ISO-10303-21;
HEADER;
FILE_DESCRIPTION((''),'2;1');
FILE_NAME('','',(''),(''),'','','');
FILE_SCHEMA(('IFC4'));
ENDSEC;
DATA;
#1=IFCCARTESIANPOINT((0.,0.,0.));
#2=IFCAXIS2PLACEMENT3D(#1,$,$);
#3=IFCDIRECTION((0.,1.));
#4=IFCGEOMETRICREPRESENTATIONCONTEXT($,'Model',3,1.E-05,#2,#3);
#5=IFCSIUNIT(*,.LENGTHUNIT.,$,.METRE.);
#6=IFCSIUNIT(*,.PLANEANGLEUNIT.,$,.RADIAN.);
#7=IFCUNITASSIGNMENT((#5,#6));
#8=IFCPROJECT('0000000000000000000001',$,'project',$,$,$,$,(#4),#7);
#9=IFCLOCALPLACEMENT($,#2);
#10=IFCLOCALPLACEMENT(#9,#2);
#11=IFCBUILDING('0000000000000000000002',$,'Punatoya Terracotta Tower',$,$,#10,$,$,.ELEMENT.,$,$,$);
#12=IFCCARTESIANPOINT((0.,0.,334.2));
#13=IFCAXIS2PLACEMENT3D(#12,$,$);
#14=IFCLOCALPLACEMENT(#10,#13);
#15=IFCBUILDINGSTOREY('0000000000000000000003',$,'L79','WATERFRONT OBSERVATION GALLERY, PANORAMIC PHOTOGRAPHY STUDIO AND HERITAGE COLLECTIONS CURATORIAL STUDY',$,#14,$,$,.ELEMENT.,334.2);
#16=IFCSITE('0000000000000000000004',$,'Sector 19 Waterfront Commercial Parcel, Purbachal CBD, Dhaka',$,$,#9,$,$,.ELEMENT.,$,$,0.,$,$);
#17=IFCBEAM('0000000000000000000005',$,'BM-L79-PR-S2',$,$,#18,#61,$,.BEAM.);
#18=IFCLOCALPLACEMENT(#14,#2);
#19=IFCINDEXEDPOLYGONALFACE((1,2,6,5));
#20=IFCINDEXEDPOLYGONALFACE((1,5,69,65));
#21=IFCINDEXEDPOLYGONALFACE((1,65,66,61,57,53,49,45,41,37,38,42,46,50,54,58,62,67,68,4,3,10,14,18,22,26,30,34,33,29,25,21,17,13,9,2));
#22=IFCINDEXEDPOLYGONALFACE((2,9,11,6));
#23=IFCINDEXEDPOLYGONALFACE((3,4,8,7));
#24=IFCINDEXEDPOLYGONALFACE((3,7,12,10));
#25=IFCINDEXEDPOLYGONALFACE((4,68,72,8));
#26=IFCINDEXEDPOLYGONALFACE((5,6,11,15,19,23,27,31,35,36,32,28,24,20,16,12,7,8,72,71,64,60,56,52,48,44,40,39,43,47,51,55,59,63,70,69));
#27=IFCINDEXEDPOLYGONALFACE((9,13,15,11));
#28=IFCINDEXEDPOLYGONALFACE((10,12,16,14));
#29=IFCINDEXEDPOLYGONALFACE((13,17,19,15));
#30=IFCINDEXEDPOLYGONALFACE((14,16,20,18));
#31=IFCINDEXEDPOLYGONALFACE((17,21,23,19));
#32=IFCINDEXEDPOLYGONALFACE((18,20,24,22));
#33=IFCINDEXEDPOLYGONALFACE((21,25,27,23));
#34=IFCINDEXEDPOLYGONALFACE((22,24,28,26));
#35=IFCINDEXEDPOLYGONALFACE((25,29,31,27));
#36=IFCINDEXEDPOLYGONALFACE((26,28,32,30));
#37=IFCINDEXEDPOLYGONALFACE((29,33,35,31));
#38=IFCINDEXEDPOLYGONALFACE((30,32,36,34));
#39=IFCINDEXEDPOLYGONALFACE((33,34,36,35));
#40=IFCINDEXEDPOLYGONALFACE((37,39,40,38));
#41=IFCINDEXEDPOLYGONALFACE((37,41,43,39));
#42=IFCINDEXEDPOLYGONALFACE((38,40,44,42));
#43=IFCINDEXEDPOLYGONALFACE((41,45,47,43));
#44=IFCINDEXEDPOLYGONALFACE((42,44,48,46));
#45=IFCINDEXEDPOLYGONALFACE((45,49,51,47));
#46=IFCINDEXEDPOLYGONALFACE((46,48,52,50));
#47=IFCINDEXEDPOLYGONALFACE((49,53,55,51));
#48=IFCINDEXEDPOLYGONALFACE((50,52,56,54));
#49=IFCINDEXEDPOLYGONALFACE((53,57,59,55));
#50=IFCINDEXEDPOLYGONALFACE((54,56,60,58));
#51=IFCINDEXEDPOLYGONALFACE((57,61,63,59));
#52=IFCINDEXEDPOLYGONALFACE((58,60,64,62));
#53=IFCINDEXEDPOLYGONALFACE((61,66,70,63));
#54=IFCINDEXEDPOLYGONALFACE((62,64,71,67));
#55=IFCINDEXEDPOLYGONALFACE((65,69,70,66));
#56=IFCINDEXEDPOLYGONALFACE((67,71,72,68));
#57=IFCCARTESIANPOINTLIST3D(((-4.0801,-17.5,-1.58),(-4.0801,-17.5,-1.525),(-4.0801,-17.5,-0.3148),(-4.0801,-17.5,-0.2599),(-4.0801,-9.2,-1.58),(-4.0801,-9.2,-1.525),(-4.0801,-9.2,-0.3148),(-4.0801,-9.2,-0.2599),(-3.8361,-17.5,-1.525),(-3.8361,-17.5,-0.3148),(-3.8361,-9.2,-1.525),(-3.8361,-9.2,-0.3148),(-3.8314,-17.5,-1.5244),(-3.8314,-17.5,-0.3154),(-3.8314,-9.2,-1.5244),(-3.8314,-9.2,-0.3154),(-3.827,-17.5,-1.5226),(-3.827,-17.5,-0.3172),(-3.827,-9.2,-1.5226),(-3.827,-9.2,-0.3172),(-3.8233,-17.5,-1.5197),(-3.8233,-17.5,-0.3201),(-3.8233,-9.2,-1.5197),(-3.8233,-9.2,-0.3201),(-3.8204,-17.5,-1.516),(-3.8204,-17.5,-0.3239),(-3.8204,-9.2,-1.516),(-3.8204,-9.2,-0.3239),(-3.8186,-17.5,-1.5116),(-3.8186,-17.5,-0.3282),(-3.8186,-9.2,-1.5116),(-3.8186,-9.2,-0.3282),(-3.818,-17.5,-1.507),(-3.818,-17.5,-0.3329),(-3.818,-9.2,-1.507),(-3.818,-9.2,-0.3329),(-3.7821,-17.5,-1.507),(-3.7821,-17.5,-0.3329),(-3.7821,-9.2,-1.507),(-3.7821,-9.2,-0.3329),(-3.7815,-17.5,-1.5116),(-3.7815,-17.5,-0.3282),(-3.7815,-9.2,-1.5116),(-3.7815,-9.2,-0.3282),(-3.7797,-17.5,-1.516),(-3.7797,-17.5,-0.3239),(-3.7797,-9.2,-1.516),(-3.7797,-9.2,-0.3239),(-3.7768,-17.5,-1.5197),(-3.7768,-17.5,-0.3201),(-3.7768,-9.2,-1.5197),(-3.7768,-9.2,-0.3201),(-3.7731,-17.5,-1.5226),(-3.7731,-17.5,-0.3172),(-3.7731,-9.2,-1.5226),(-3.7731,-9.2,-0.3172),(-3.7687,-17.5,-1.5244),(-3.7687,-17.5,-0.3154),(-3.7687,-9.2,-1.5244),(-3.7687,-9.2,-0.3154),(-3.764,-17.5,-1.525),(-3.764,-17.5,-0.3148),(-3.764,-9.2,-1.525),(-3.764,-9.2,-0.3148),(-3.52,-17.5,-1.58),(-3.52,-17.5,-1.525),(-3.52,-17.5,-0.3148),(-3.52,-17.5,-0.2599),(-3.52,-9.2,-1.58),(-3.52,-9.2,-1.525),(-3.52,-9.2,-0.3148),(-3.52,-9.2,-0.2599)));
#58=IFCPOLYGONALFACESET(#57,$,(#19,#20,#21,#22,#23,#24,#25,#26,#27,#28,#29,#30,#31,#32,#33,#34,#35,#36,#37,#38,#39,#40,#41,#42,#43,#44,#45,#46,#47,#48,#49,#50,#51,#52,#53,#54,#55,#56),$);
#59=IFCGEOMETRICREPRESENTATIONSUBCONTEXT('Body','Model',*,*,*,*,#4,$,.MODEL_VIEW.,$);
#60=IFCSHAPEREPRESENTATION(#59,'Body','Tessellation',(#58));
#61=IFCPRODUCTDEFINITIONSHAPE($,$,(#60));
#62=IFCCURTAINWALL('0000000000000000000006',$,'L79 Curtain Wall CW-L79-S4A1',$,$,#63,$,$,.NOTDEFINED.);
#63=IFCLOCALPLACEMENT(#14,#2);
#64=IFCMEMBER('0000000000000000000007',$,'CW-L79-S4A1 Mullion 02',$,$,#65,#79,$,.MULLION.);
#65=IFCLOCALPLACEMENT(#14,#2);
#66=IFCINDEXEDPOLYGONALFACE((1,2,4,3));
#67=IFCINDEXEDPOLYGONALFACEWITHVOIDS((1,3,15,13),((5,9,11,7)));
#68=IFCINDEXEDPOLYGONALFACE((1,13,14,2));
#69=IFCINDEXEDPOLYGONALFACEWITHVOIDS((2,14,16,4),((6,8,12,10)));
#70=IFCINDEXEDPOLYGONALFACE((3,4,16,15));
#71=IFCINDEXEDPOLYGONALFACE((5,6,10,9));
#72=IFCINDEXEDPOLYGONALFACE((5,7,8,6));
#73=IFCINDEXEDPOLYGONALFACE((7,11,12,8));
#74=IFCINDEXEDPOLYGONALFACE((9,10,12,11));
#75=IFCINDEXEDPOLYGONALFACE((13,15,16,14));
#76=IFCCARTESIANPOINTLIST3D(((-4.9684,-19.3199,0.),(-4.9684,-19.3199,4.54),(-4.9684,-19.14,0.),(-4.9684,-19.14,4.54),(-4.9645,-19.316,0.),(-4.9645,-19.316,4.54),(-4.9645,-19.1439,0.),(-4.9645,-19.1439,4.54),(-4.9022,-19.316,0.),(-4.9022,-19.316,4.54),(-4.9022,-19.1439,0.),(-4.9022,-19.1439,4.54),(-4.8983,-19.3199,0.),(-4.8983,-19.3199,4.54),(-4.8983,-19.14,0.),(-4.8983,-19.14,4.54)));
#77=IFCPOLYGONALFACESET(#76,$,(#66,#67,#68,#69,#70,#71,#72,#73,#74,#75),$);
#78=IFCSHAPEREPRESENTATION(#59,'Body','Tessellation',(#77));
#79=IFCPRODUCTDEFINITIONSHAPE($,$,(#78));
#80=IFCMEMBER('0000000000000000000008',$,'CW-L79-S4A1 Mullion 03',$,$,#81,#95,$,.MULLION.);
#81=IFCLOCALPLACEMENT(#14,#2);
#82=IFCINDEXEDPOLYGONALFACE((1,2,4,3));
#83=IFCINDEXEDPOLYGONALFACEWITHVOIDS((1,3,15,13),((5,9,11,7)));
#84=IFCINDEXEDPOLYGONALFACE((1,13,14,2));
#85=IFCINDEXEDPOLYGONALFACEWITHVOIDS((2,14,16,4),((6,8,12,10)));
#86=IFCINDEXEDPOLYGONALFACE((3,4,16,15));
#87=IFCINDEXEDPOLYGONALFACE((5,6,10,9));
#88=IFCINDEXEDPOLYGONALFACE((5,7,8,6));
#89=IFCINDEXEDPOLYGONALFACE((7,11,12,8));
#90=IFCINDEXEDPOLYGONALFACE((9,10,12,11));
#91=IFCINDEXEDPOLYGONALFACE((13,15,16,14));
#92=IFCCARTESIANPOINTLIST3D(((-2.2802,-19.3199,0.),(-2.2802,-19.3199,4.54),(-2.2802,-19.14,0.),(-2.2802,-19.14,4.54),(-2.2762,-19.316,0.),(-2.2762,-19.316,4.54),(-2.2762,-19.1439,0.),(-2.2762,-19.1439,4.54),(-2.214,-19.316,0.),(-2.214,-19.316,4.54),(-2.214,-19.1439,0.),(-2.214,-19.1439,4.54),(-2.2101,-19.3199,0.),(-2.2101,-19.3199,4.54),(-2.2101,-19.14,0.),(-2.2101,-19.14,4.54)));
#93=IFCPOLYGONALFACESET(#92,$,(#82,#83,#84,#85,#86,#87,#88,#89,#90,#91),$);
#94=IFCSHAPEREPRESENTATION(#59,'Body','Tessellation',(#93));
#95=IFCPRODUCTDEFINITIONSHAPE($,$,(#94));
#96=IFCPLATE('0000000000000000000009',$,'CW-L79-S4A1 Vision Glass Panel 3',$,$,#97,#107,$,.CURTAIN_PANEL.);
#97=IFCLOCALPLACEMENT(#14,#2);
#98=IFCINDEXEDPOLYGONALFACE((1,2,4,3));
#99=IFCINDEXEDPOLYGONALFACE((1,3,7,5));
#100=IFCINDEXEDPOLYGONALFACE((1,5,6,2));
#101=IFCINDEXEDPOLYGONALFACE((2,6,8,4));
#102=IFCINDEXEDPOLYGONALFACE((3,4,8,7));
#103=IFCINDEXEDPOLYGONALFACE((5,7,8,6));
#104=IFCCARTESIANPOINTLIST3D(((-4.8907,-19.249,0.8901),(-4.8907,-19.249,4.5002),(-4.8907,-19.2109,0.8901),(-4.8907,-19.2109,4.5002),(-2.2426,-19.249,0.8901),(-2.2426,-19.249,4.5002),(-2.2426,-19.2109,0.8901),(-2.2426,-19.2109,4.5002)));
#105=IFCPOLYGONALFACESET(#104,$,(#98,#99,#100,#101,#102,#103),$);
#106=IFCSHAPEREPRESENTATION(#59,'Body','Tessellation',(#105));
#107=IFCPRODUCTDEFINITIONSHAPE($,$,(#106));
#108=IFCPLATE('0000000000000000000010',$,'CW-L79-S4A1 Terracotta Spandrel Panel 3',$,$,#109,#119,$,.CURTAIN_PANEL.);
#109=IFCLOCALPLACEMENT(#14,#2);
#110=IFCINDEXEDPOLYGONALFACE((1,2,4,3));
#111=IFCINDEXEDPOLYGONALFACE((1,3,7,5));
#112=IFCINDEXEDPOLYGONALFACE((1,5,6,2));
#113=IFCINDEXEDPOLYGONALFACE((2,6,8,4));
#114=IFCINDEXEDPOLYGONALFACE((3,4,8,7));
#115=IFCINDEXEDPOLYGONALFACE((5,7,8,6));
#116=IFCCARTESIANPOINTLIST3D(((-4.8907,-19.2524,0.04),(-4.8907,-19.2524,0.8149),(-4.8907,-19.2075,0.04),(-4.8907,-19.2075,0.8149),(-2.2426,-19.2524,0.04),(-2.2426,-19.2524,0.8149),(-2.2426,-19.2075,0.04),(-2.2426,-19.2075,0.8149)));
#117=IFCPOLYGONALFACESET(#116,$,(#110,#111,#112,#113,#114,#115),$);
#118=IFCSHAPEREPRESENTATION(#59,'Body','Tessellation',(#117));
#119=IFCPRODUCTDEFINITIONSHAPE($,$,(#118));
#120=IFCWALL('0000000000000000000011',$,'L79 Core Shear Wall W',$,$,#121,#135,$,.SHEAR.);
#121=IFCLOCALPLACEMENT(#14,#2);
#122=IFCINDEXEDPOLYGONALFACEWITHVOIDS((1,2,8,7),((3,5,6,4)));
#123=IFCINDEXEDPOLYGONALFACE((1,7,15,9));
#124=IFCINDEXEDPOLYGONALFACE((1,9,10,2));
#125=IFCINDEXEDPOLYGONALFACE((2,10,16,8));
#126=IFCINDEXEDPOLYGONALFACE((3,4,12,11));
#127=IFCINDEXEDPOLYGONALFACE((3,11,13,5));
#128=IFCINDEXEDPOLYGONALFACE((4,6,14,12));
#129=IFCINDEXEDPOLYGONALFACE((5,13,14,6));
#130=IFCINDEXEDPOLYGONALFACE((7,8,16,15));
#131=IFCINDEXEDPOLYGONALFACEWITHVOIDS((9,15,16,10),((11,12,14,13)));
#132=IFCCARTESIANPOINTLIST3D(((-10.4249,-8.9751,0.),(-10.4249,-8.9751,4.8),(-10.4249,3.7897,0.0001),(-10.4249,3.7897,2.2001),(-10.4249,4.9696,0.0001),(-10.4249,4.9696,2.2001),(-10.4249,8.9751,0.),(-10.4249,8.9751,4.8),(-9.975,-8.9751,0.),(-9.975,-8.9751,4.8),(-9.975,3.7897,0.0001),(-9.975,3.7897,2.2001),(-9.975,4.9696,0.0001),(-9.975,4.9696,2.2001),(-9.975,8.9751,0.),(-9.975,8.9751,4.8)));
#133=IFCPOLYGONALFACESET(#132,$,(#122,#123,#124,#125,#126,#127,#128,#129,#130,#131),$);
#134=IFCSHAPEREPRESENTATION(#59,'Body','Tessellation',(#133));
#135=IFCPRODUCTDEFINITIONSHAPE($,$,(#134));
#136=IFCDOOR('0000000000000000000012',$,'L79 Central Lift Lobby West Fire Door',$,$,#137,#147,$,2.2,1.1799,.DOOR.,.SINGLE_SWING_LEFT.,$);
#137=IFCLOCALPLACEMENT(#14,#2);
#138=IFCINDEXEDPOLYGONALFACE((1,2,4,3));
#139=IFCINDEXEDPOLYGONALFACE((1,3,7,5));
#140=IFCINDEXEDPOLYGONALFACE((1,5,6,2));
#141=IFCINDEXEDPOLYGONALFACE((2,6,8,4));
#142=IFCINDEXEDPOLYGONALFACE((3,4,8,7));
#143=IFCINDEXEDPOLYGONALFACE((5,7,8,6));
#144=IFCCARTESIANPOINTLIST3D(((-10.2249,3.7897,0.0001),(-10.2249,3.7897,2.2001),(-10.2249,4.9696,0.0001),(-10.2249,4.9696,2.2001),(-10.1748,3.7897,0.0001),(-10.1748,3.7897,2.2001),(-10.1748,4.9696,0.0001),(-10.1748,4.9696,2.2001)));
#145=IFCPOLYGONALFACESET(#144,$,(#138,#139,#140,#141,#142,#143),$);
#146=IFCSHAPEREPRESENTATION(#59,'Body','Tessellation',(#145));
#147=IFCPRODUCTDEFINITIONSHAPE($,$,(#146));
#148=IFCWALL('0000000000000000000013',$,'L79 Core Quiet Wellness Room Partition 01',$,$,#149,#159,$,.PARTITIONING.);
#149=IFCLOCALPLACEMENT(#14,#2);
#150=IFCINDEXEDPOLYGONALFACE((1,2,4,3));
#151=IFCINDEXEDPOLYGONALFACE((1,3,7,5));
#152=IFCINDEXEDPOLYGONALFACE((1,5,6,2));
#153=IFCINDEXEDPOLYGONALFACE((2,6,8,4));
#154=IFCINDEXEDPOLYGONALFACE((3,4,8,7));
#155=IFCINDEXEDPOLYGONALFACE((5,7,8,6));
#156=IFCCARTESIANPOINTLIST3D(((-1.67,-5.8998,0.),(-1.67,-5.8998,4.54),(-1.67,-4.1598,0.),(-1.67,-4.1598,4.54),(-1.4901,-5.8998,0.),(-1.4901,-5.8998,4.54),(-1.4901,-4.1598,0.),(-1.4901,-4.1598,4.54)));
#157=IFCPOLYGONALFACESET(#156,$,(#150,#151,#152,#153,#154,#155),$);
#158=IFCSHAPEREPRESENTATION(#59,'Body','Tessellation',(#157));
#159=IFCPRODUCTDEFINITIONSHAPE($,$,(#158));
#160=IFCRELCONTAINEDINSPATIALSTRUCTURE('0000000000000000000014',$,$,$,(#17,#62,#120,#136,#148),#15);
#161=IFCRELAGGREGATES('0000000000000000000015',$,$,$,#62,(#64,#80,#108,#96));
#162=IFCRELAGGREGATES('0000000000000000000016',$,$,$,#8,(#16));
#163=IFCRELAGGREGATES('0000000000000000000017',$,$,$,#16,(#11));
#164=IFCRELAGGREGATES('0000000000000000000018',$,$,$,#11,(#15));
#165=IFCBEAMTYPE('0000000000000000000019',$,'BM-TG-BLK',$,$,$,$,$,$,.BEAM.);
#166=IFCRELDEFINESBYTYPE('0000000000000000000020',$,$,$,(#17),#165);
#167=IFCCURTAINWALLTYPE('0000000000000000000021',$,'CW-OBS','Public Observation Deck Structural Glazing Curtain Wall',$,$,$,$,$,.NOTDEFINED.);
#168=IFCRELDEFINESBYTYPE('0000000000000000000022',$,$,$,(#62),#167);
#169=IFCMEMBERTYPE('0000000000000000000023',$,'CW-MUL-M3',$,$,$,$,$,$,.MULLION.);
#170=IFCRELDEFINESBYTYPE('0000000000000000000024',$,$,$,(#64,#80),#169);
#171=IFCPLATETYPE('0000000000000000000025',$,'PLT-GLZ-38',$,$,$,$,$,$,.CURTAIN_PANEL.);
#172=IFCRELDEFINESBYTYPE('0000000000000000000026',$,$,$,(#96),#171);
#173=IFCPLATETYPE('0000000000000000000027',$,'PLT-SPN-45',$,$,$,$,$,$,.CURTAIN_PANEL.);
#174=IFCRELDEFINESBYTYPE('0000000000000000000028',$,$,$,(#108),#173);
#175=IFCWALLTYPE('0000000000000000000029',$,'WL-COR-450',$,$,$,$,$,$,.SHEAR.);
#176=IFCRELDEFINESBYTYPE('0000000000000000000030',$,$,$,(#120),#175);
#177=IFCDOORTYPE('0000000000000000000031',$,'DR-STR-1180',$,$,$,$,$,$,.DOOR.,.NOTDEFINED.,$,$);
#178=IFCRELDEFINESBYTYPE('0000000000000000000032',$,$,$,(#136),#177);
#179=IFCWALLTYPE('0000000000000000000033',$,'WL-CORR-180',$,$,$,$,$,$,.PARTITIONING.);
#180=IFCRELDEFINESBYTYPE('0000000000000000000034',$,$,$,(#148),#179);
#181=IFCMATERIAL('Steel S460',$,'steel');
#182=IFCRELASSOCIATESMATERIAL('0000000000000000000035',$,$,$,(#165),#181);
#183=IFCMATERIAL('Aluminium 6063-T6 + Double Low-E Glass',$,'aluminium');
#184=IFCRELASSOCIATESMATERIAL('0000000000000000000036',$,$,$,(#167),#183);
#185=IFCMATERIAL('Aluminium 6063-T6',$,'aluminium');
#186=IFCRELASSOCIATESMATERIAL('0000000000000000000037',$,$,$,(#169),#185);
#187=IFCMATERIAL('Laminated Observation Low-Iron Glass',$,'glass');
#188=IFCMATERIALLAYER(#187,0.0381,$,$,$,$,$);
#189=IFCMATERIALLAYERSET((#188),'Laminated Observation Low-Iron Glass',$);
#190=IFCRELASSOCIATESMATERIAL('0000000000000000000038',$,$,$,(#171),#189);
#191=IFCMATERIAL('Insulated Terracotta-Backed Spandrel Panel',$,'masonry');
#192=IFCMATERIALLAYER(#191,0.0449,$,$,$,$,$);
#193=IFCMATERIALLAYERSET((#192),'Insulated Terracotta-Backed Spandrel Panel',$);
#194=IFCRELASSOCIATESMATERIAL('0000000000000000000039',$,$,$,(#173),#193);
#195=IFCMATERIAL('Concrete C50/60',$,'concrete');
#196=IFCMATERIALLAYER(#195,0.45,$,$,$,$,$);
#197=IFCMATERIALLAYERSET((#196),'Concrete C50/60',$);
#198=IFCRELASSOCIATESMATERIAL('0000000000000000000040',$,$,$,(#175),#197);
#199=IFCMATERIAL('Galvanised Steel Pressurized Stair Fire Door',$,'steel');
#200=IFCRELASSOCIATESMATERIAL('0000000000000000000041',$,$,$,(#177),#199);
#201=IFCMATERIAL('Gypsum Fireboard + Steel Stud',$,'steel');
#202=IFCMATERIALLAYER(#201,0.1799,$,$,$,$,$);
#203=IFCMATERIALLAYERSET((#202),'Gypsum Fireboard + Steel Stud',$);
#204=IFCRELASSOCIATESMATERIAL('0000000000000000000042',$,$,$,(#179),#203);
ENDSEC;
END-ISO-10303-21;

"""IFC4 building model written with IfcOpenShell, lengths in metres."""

from ifc_helpers import new_model, si_unit, direction, frame, frame_2d, origin, origin_2d, place, context, subcontext, project, spatial, rectangle, hollow_rectangle, i_section, extrude, material, layer, layer_set, material_profile, profile_set, type_object, element, fill, aggregate, save


model = new_model("IFC4")

# Units and contexts
model_context = context("Model", 3, precision=1e-05, world=origin(), true_north=direction((0.0, 1.0)))
body_context = subcontext(model_context, "Body", "Model", "MODEL_VIEW")
ifc_project = project(units=[si_unit("LENGTHUNIT", "METRE"), si_unit("PLANEANGLEUNIT", "RADIAN")], contexts=[model_context])

# Site, building, storey
site_placement = place(None, origin())
site = spatial("IfcSite", under=ifc_project, at=site_placement, Name="Sector 19 Waterfront Commercial Parcel, Purbachal CBD, Dhaka", CompositionType="ELEMENT", RefElevation=0.0)
building_placement = place(site_placement, origin())
building = spatial("IfcBuilding", under=site, at=building_placement, Name="Punatoya Terracotta Tower", CompositionType="ELEMENT")
storey_placement = place(building_placement, frame((0.0, 0.0, 334.2)))
storey = spatial("IfcBuildingStorey", under=building, at=storey_placement, Name="L79", Description="WATERFRONT OBSERVATION GALLERY, PANORAMIC PHOTOGRAPHY STUDIO AND HERITAGE COLLECTIONS CURATORIAL STUDY", CompositionType="ELEMENT", Elevation=334.2)

# Shared definitions
ifc_material_1 = material(Name="Steel S460", Category="steel")

# Beam
ifc_material_2 = material(Name="Concrete C50/60", Category="concrete")
ifc_material_profile_1 = material_profile(ifc_material_1, i_section(OverallWidth=0.5601, OverallDepth=1.3201, WebThickness=0.0359, FlangeThickness=0.0549, FilletRadius=0.0181, at=origin_2d()))
ifc_profile_set_1 = profile_set([ifc_material_profile_1], Name="Steel S460")
beam_type_1 = type_object("IfcBeamType", Name="BM-TG-BLK", PredefinedType="BEAM", material=ifc_profile_set_1)
for number, where, z_axis, x_axis, name in (
    (1, (-3.8, -17.5, -0.9199), (0.0, 1.0, 0.0), (-1.0, 0.0, 0.0), "BM-L79-PR-S2"),
):
    element("IfcBeam", number, at=place(storey_placement, frame(where, z_axis=z_axis, x_axis=x_axis)), inside=storey, type_object=beam_type_1, Name=name, PredefinedType="BEAM", context=body_context, shape_type="SweptSolid", body=[
        extrude(i_section(OverallWidth=0.5601, OverallDepth=1.3201, WebThickness=0.0359, FlangeThickness=0.0549, FilletRadius=0.0181, at=origin_2d()), origin(), (0.0, 0.0, 1.0), 8.3),
    ])

# Curtain wall, members, plates
ifc_material_3 = material(Name="Aluminium 6063-T6 + Double Low-E Glass", Category="aluminium")
curtain_wall_type = type_object("IfcCurtainWallType", Name="CW-OBS", Description="Public Observation Deck Structural Glazing Curtain Wall", PredefinedType="NOTDEFINED", material=ifc_material_3)
curtain_wall_placement = place(storey_placement, origin())
curtain_wall = element("IfcCurtainWall", 2, at=curtain_wall_placement, inside=storey, type_object=curtain_wall_type, Name="L79 Curtain Wall CW-L79-S4A1", PredefinedType="NOTDEFINED")
ifc_material_4 = material(Name="Aluminium 6063-T6", Category="aluminium")
ifc_material_profile_2 = material_profile(ifc_material_4, hollow_rectangle(XDim=0.0701, YDim=0.1799, WallThickness=0.0039, at=origin_2d()))
ifc_profile_set_2 = profile_set([ifc_material_profile_2], Name="Aluminium 6063-T6")
member_type = type_object("IfcMemberType", Name="CW-MUL-M3", PredefinedType="MULLION", material=ifc_profile_set_2)
member_1_placement = place(storey_placement, frame((-4.9333, -19.23, 0.0), z_axis=(0.0, 0.0, 1.0), x_axis=(1.0, 0.0, 0.0)))
member_1 = element("IfcMember", 3, at=member_1_placement, type_object=member_type, Name="CW-L79-S4A1 Mullion 02", PredefinedType="MULLION", context=body_context, shape_type="SweptSolid", body=[
    extrude(hollow_rectangle(XDim=0.0701, YDim=0.1799, WallThickness=0.0039, at=origin_2d()), origin(), (0.0, 0.0, 1.0), 4.54),
])
member_2_placement = place(storey_placement, frame((-2.2451, -19.23, 0.0), z_axis=(0.0, 0.0, 1.0), x_axis=(1.0, 0.0, 0.0)))
member_2 = element("IfcMember", 4, at=member_2_placement, type_object=member_type, Name="CW-L79-S4A1 Mullion 03", PredefinedType="MULLION", context=body_context, shape_type="SweptSolid", body=[
    extrude(hollow_rectangle(XDim=0.0701, YDim=0.1799, WallThickness=0.0039, at=origin_2d()), origin(), (0.0, 0.0, 1.0), 4.54),
])
ifc_material_5 = material(Name="Laminated Observation Low-Iron Glass", Category="glass")
ifc_layer_1 = layer(ifc_material_5, 0.0381)
ifc_layer_set_1 = layer_set([ifc_layer_1], Name="Laminated Observation Low-Iron Glass")
plate_type_1 = type_object("IfcPlateType", Name="PLT-GLZ-38", PredefinedType="CURTAIN_PANEL", material=ifc_layer_set_1)
plate_1_placement = place(storey_placement, frame((-3.5667, -19.23, 0.8901), z_axis=(0.0, 0.0, 1.0), x_axis=(1.0, 0.0, 0.0)))
plate_1 = element("IfcPlate", 5, at=plate_1_placement, type_object=plate_type_1, Name="CW-L79-S4A1 Vision Glass Panel 3", PredefinedType="CURTAIN_PANEL", context=body_context, shape_type="SweptSolid", body=[
    extrude(rectangle(XDim=2.6482, YDim=0.0381, at=origin_2d()), origin(), (0.0, 0.0, 1.0), 3.6101),
])
ifc_material_6 = material(Name="Insulated Terracotta-Backed Spandrel Panel", Category="masonry")
ifc_layer_2 = layer(ifc_material_6, 0.0449)
ifc_layer_set_2 = layer_set([ifc_layer_2], Name="Insulated Terracotta-Backed Spandrel Panel")
plate_type_2 = type_object("IfcPlateType", Name="PLT-SPN-45", PredefinedType="CURTAIN_PANEL", material=ifc_layer_set_2)
plate_2_placement = place(storey_placement, frame((-3.5667, -19.23, 0.04), z_axis=(0.0, 0.0, 1.0), x_axis=(1.0, 0.0, 0.0)))
plate_2 = element("IfcPlate", 6, at=plate_2_placement, type_object=plate_type_2, Name="CW-L79-S4A1 Terracotta Spandrel Panel 3", PredefinedType="CURTAIN_PANEL", context=body_context, shape_type="SweptSolid", body=[
    extrude(rectangle(XDim=2.6482, YDim=0.0449, at=origin_2d()), origin(), (0.0, 0.0, 1.0), 0.7749),
])
aggregate(curtain_wall, [member_1, member_2, plate_2, plate_1])

# Wall, opening, door
ifc_layer_3 = layer(ifc_material_2, 0.45)
ifc_layer_set_3 = layer_set([ifc_layer_3], Name="Concrete C50/60")
wall_type_1 = type_object("IfcWallType", Name="WL-COR-450", PredefinedType="SHEAR", material=ifc_layer_set_3)
wall_1_placement = place(storey_placement, frame((-10.2, -8.9751, 0.0), z_axis=(0.0, 0.0, 1.0), x_axis=(0.0, 1.0, 0.0)))
wall_1 = element("IfcWall", 7, at=wall_1_placement, inside=storey, type_object=wall_type_1, Name="L79 Core Shear Wall W", PredefinedType="SHEAR", context=body_context, shape_type="SweptSolid", body=[
    extrude(rectangle(XDim=17.9502, YDim=0.45, at=frame_2d((8.9751, 0.0))), origin(), (0.0, 0.0, 1.0), 4.8),
])
opening_1_placement = place(wall_1_placement, frame((12.7649, 0.0, 0.0)))
opening_1 = element("IfcOpeningElement", 8, at=opening_1_placement, cuts=wall_1, PredefinedType="OPENING", context=body_context, shape_type="SweptSolid", body=[
    extrude(rectangle(XDim=1.1799, YDim=2.2, at=frame_2d((0.5898, 1.1001))), frame((0.0, 0.2349, 0.0), z_axis=(0.0, -1.0, 0.0), x_axis=(1.0, 0.0, 0.0)), (0.0, 0.0, 1.0), 0.47),
])
ifc_material_7 = material(Name="Galvanised Steel Pressurized Stair Fire Door", Category="steel")
door_type_1 = type_object("IfcDoorType", Name="DR-STR-1180", OperationType="NOTDEFINED", PredefinedType="DOOR", material=ifc_material_7)
door_1_placement = place(opening_1_placement, origin())
door_1 = element("IfcDoor", 9, at=door_1_placement, inside=storey, type_object=door_type_1, Name="L79 Central Lift Lobby West Fire Door", OperationType="SINGLE_SWING_LEFT", OverallHeight=2.2, OverallWidth=1.1799, PredefinedType="DOOR", context=body_context, shape_type="SweptSolid", body=[
    extrude(rectangle(XDim=1.1799, YDim=2.2, at=frame_2d((0.5898, 1.1001))), frame((0.0, 0.0249, 0.0), z_axis=(0.0, -1.0, 0.0), x_axis=(1.0, 0.0, 0.0)), (0.0, 0.0, 1.0), 0.05),
])
fill(opening_1, door_1)

# Wall
ifc_material_8 = material(Name="Gypsum Fireboard + Steel Stud", Category="steel")
ifc_layer_4 = layer(ifc_material_8, 0.1799)
ifc_layer_set_4 = layer_set([ifc_layer_4], Name="Gypsum Fireboard + Steel Stud")
wall_type_2 = type_object("IfcWallType", Name="WL-CORR-180", PredefinedType="PARTITIONING", material=ifc_layer_set_4)
wall_2_placement = place(storey_placement, frame((-1.5801, -5.8999, 0.0), z_axis=(0.0, 0.0, 1.0), x_axis=(0.0, 1.0, 0.0)))
element("IfcWall", 10, at=wall_2_placement, inside=storey, type_object=wall_type_2, Name="L79 Core Quiet Wellness Room Partition 01", PredefinedType="PARTITIONING", context=body_context, shape_type="SweptSolid", body=[
    extrude(rectangle(XDim=1.74, YDim=0.1799, at=frame_2d((0.8701, 0.0))), origin(), (0.0, 0.0, 1.0), 4.54),
])

save(model, "model.ifc")
